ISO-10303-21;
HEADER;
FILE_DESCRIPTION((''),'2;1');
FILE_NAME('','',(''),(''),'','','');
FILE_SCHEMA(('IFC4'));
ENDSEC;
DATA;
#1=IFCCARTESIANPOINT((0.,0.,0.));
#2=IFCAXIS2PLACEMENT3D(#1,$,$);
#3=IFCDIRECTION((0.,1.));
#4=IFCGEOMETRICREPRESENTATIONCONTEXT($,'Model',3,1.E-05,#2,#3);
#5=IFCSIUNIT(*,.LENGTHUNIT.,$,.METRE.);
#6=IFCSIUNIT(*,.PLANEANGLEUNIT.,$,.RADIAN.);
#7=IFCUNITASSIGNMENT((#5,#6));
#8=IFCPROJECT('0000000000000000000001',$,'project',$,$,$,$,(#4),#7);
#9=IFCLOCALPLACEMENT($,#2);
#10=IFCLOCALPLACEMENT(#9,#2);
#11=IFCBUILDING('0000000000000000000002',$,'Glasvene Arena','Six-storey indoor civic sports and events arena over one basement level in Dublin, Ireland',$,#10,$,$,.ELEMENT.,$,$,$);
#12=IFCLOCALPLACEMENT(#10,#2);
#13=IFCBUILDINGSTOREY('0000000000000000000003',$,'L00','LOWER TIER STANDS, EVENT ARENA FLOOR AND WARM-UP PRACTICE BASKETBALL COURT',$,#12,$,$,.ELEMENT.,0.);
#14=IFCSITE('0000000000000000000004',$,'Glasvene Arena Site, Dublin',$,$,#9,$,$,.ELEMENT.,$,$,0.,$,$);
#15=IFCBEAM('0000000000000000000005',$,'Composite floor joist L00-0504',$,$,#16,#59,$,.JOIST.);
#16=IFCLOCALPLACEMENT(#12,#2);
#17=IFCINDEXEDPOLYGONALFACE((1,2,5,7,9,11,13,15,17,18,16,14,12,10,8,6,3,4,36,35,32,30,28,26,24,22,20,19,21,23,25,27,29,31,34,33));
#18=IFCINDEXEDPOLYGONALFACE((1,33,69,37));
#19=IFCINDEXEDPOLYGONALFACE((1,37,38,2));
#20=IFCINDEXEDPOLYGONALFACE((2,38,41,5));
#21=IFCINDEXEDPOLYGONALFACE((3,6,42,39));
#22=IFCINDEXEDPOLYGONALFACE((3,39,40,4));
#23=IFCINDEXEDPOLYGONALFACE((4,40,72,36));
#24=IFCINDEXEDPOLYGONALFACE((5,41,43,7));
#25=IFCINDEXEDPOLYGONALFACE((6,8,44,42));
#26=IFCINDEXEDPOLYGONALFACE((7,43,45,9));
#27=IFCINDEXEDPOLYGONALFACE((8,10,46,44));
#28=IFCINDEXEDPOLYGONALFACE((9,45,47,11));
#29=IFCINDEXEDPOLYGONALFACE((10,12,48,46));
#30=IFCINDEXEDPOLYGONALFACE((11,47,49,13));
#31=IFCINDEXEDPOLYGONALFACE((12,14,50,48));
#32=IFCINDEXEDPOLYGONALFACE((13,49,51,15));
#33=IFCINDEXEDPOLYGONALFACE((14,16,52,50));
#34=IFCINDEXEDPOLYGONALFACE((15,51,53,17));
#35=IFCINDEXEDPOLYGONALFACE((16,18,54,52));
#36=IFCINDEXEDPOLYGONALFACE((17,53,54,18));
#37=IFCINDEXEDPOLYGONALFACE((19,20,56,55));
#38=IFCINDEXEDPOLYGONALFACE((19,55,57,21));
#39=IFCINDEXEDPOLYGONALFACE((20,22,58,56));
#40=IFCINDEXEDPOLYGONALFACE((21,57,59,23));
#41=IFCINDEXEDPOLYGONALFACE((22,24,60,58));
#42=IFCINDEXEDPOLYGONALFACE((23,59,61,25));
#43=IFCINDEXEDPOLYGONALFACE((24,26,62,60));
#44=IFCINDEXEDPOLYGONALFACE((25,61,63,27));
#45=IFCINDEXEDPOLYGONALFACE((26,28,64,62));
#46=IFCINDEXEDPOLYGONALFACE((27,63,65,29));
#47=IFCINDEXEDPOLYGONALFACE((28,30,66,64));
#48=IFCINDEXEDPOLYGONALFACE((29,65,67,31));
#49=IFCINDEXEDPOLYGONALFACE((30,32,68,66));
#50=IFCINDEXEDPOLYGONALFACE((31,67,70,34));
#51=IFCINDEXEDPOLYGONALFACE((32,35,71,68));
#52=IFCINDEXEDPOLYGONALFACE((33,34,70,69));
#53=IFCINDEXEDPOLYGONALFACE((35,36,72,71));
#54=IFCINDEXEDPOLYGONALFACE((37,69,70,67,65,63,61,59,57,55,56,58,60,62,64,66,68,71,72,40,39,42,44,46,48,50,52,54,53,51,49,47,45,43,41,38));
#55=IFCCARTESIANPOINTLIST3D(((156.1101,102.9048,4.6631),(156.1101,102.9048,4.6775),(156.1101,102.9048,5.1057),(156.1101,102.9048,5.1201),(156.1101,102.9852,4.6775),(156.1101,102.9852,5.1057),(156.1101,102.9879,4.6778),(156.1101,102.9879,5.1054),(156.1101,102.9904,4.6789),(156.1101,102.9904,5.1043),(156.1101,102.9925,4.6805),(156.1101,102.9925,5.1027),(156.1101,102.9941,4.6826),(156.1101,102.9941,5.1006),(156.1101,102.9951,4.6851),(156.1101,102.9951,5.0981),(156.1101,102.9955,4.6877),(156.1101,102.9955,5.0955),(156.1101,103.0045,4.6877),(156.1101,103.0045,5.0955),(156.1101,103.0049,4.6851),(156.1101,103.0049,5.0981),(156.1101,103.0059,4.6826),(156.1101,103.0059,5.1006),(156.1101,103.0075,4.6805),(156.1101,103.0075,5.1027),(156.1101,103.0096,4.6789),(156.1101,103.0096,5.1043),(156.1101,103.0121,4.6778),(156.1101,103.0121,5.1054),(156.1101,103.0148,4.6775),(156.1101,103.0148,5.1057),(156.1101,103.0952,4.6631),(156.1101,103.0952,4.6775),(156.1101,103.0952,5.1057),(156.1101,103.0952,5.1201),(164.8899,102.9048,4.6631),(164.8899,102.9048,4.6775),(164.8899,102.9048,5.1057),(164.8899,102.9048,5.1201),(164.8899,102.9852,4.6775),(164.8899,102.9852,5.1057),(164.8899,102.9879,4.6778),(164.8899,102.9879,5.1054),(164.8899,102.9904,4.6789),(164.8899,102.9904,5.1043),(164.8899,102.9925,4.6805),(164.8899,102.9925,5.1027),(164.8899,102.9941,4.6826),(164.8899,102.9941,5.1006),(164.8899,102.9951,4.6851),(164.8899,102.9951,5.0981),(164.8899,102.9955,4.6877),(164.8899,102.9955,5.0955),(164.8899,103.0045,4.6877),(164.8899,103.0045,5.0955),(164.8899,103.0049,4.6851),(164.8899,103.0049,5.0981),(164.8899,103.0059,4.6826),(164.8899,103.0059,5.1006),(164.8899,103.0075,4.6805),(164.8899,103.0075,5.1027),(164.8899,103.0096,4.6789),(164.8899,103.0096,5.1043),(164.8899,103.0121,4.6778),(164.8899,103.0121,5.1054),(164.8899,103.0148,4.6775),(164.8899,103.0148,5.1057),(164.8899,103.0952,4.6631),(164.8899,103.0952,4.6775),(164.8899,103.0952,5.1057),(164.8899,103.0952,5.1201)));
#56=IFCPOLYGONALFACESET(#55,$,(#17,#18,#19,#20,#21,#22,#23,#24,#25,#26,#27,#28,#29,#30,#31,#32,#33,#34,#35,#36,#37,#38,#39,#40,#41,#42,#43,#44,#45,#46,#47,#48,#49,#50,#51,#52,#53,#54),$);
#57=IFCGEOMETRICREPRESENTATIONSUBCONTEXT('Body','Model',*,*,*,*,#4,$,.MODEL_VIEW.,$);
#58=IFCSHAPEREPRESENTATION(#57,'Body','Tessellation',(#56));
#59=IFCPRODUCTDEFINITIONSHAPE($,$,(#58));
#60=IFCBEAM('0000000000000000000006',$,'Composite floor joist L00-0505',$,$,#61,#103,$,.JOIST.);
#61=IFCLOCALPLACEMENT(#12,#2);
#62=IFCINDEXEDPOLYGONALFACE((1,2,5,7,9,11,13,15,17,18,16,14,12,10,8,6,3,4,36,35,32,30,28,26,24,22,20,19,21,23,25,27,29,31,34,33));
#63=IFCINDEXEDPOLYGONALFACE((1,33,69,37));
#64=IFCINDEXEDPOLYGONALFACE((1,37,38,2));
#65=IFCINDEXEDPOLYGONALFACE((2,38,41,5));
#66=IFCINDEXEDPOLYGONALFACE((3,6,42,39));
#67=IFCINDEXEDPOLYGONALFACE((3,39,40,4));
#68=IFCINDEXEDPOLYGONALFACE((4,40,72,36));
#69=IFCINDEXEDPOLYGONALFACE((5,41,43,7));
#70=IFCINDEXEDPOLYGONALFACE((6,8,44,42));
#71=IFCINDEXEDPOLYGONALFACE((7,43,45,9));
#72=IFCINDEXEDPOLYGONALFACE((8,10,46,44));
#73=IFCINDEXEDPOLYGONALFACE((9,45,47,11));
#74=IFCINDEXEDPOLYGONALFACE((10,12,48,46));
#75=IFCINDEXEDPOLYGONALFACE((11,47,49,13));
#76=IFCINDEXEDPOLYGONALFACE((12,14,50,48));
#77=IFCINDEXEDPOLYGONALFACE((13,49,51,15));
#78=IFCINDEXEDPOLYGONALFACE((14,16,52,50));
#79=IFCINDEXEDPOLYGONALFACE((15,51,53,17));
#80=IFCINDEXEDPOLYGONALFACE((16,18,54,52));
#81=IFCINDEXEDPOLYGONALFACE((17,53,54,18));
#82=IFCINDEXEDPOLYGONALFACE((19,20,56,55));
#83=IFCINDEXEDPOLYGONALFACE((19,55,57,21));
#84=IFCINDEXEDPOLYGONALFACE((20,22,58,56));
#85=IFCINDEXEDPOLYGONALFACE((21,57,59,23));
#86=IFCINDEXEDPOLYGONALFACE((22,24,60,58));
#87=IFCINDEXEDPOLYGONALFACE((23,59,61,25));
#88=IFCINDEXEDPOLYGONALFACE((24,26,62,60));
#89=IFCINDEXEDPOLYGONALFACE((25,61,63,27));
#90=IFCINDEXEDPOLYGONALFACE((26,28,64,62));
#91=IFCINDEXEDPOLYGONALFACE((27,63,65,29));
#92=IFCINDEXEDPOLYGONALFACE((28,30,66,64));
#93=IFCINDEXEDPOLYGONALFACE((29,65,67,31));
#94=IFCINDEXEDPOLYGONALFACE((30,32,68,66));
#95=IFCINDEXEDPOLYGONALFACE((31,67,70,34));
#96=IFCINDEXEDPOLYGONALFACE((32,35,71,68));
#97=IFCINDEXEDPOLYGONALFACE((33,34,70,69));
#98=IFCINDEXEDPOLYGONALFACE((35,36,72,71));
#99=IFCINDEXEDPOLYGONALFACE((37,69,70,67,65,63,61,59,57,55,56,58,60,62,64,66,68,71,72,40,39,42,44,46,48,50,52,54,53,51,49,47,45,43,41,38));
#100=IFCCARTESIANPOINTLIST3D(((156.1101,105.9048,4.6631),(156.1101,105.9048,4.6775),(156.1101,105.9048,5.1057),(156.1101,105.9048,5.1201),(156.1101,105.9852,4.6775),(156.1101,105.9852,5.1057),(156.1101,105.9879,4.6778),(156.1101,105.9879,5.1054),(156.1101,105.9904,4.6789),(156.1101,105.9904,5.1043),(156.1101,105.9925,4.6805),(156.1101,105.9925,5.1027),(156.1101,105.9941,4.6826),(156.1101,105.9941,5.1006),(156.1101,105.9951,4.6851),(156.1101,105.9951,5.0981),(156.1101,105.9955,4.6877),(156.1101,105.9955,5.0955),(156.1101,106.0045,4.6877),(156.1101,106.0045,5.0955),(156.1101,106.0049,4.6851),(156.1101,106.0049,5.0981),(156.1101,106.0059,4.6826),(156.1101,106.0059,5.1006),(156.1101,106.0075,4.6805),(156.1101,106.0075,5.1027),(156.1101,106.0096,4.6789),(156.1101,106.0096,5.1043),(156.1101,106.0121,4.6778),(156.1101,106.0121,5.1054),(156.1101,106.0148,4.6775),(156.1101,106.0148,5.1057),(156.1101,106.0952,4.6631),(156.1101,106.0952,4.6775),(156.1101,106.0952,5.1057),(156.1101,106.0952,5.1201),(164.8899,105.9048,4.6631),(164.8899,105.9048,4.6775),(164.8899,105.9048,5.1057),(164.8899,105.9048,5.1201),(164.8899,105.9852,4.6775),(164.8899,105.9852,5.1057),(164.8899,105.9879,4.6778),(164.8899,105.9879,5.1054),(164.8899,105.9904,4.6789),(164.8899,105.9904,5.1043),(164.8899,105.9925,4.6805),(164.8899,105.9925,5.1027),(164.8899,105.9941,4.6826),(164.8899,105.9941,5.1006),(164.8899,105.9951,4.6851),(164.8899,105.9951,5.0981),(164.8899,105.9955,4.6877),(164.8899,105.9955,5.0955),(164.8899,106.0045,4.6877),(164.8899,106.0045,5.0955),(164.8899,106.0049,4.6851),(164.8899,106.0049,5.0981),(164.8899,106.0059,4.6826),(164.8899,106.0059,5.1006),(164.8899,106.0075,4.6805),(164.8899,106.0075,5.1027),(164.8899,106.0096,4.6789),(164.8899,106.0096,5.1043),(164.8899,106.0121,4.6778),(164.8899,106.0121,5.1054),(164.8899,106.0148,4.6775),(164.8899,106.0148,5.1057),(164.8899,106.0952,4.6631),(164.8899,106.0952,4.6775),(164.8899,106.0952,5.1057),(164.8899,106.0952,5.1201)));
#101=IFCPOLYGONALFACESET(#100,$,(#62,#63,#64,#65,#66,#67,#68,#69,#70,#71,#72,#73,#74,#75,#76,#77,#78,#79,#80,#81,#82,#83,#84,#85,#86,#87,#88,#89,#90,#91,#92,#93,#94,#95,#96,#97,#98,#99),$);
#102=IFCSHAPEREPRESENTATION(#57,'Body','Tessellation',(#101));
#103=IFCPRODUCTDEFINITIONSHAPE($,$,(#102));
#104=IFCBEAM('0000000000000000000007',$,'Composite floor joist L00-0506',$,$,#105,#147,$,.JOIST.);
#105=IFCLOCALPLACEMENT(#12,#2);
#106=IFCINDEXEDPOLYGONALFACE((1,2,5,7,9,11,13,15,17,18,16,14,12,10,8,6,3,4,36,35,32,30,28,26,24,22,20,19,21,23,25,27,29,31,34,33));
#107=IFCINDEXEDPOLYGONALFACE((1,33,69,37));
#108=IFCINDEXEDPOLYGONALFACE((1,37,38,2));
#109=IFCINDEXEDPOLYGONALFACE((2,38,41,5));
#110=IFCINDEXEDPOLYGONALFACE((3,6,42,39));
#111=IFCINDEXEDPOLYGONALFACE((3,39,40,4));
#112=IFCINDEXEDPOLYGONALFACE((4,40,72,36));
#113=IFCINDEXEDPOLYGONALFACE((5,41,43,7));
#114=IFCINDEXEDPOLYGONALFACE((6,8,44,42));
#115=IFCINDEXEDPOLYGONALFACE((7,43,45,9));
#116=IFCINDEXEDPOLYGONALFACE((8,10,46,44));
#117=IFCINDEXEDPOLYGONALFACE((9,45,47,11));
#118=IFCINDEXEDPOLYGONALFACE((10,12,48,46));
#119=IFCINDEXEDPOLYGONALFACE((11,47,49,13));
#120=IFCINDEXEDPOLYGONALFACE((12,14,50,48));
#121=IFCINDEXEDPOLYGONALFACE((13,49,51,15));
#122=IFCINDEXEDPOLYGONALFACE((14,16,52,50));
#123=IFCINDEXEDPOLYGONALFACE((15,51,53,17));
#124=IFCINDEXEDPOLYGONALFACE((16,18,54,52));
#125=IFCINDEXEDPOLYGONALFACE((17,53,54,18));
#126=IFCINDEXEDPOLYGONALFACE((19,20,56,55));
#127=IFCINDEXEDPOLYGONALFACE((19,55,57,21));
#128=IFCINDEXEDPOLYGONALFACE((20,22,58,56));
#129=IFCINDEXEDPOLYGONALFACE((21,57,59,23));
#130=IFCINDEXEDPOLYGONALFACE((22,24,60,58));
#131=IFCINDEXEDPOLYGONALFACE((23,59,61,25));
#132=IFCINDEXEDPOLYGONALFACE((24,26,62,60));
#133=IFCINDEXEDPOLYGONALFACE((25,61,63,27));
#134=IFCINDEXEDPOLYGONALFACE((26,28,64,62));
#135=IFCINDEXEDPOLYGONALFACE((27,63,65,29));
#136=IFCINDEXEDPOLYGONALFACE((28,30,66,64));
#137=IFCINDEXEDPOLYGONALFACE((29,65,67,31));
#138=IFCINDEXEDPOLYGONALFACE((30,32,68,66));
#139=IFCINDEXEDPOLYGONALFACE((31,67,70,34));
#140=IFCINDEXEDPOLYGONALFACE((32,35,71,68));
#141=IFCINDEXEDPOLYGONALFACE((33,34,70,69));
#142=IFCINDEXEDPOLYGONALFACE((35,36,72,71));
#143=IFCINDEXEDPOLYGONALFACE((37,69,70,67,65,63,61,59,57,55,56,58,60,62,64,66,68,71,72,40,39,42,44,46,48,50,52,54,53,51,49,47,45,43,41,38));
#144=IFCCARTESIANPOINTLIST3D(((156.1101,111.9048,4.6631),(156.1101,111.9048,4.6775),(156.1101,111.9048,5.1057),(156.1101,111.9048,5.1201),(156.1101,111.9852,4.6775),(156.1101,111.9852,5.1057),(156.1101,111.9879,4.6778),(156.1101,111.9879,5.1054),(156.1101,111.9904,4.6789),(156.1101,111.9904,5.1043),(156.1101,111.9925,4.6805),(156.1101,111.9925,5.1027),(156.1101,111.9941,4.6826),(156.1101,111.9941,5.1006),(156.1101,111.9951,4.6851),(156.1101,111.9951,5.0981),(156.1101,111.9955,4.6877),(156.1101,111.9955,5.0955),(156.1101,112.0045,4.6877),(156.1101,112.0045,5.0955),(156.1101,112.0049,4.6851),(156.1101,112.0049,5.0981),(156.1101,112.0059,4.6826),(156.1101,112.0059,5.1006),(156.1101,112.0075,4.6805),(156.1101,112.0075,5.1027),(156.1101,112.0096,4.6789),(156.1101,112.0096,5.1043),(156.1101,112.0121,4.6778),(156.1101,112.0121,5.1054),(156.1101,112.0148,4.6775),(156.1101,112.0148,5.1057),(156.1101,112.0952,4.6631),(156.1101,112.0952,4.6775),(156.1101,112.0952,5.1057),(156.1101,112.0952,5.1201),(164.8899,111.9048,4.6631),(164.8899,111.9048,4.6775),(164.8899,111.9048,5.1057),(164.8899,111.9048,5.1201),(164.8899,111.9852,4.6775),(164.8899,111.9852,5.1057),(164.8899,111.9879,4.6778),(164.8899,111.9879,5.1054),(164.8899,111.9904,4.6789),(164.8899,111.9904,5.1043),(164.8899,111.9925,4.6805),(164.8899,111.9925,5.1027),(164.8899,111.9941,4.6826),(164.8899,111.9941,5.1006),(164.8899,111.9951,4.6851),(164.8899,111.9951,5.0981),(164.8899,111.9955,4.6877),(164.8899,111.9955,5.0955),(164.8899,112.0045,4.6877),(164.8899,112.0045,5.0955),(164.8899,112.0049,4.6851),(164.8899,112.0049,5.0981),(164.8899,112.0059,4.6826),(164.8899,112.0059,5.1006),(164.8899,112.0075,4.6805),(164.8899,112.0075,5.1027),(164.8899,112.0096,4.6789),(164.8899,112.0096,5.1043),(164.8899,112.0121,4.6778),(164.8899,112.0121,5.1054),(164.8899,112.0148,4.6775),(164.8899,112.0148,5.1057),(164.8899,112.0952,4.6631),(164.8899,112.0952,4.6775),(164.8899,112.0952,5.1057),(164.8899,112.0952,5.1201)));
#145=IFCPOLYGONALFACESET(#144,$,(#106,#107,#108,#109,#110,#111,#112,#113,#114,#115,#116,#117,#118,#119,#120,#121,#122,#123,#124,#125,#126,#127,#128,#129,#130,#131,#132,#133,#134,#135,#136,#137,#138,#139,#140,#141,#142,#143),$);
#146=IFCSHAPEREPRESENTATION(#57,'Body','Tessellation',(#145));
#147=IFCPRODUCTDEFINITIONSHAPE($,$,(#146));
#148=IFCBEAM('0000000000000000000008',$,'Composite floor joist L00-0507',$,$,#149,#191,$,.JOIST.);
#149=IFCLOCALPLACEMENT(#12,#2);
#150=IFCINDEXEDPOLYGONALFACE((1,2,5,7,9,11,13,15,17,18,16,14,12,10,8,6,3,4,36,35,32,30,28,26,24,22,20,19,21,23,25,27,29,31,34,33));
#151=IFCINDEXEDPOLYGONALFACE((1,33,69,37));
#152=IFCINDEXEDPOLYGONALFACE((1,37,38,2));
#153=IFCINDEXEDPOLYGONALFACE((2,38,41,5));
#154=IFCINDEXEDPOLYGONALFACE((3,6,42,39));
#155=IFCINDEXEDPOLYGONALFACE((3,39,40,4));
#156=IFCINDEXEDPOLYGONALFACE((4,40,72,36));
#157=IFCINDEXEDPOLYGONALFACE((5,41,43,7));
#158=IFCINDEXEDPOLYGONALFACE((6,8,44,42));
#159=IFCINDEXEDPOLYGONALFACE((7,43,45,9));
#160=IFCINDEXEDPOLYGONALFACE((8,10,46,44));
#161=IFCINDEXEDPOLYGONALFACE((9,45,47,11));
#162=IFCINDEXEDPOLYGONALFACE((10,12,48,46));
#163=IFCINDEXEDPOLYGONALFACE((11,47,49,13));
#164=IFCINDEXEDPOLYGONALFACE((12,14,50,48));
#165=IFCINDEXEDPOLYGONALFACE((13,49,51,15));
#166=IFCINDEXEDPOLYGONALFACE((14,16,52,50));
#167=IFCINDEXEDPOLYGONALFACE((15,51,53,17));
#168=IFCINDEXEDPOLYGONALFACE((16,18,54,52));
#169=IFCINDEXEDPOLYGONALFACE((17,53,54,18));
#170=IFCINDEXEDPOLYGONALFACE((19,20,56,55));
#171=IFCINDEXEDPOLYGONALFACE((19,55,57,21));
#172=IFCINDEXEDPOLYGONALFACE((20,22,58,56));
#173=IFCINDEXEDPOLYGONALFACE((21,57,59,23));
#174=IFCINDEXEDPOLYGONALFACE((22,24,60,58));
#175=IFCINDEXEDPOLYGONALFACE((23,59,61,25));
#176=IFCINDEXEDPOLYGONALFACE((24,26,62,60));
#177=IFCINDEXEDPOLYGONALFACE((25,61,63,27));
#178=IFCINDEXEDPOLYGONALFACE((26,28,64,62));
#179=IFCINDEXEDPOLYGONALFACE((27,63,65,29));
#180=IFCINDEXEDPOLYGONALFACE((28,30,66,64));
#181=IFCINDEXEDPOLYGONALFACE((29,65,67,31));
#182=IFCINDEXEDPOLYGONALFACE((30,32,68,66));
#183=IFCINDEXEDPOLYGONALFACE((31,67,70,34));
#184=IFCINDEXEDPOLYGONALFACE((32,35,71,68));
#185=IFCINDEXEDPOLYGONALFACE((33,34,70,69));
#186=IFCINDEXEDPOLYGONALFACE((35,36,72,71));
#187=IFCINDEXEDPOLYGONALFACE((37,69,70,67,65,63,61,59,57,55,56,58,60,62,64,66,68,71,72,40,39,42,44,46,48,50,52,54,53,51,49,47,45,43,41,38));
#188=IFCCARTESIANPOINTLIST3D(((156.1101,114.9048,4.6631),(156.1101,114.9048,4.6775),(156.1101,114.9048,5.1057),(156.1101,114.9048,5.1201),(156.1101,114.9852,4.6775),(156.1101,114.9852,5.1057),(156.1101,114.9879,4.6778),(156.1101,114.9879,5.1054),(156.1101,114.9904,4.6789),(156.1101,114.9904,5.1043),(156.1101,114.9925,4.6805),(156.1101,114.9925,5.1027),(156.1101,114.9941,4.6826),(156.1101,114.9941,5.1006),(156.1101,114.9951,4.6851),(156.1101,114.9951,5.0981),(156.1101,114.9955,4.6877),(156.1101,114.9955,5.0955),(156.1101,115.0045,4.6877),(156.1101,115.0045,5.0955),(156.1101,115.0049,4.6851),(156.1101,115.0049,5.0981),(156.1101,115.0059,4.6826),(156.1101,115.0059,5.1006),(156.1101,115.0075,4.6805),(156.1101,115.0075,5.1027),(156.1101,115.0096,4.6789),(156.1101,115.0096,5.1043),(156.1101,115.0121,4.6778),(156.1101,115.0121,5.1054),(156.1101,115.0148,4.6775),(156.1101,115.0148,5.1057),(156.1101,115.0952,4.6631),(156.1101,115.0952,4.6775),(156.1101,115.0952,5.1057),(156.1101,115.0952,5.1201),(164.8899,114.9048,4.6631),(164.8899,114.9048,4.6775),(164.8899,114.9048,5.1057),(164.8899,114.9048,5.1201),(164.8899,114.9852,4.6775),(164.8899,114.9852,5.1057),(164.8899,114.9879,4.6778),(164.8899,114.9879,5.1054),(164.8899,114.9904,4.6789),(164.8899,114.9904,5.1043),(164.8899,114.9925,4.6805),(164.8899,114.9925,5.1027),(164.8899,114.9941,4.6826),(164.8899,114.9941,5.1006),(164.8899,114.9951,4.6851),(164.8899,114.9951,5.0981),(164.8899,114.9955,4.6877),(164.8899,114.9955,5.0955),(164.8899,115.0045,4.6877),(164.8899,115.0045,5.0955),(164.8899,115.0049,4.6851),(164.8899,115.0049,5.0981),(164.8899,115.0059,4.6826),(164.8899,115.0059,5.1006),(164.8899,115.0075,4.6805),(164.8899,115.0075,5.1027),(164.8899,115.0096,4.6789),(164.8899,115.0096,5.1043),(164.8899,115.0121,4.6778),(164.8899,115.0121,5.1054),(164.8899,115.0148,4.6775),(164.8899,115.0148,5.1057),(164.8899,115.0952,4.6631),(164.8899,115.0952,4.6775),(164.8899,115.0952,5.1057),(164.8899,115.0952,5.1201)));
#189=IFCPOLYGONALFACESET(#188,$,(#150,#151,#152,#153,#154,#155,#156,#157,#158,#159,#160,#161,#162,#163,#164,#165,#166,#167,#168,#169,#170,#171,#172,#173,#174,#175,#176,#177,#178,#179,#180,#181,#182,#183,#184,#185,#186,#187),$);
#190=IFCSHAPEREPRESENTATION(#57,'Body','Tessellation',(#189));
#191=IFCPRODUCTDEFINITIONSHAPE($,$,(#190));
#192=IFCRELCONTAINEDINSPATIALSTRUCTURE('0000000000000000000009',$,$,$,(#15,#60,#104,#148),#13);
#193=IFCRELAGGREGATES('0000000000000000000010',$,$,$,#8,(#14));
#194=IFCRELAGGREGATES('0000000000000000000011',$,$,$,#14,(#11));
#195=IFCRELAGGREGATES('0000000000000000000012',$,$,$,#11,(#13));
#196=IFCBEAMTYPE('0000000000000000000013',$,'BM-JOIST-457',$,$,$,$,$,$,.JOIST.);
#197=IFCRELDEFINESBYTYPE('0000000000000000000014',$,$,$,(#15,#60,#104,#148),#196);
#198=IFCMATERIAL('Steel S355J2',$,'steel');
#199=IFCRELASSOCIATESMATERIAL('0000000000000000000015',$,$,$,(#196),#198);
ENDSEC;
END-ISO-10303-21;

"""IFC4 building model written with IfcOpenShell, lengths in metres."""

from ifc_helpers import new_model, si_unit, direction, frame, origin, origin_2d, place, context, subcontext, project, spatial, i_section, extrude, material, material_profile, profile_set, type_object, element, save


model = new_model("IFC4")

# Units and contexts
model_context = context("Model", 3, precision=1e-05, world=origin(), true_north=direction((0.0, 1.0)))
body_context = subcontext(model_context, "Body", "Model", "MODEL_VIEW")
ifc_project = project(units=[si_unit("LENGTHUNIT", "METRE"), si_unit("PLANEANGLEUNIT", "RADIAN")], contexts=[model_context])

# Site, building, storey
site_placement = place(None, origin())
site = spatial("IfcSite", under=ifc_project, at=site_placement, Name="Glasvene Arena Site, Dublin", CompositionType="ELEMENT", RefElevation=0.0)
building_placement = place(site_placement, origin())
building = spatial("IfcBuilding", under=site, at=building_placement, Name="Glasvene Arena", Description="Six-storey indoor civic sports and events arena over one basement level in Dublin, Ireland", CompositionType="ELEMENT")
storey_placement = place(building_placement, origin())
storey = spatial("IfcBuildingStorey", under=building, at=storey_placement, Name="L00", Description="LOWER TIER STANDS, EVENT ARENA FLOOR AND WARM-UP PRACTICE BASKETBALL COURT", CompositionType="ELEMENT", Elevation=0.0)

# Shared definitions
ifc_material_1 = material(Name="Steel S355J2", Category="steel")

# Beams
ifc_material_profile_1 = material_profile(ifc_material_1, i_section(OverallWidth=0.1904, OverallDepth=0.457, WebThickness=0.009, FlangeThickness=0.0144, FilletRadius=0.0103, at=origin_2d()), Name="UKB 457x191x74")
ifc_profile_set_1 = profile_set([ifc_material_profile_1], Name="Steel S355J2")
beam_type_1 = type_object("IfcBeamType", Name="BM-JOIST-457", PredefinedType="JOIST", material=ifc_profile_set_1)
for number, where, z_axis, x_axis, name in (
    (1, (156.1101, 103.0, 4.8916), (1.0, 0.0, 0.0), (0.0, 1.0, 0.0), "Composite floor joist L00-0504"),
    (2, (156.1101, 106.0, 4.8916), (1.0, 0.0, 0.0), (0.0, 1.0, 0.0), "Composite floor joist L00-0505"),
    (3, (156.1101, 112.0, 4.8916), (1.0, 0.0, 0.0), (0.0, 1.0, 0.0), "Composite floor joist L00-0506"),
    (4, (156.1101, 115.0, 4.8916), (1.0, 0.0, 0.0), (0.0, 1.0, 0.0), "Composite floor joist L00-0507"),
):
    element("IfcBeam", number, at=place(storey_placement, frame(where, z_axis=z_axis, x_axis=x_axis)), inside=storey, type_object=beam_type_1, Name=name, PredefinedType="JOIST", context=body_context, shape_type="SweptSolid", body=[
        extrude(i_section(OverallWidth=0.1904, OverallDepth=0.457, WebThickness=0.009, FlangeThickness=0.0144, FilletRadius=0.0103, at=origin_2d()), origin(), (0.0, 0.0, 1.0), 8.7798),
    ])

save(model, "model.ifc")
